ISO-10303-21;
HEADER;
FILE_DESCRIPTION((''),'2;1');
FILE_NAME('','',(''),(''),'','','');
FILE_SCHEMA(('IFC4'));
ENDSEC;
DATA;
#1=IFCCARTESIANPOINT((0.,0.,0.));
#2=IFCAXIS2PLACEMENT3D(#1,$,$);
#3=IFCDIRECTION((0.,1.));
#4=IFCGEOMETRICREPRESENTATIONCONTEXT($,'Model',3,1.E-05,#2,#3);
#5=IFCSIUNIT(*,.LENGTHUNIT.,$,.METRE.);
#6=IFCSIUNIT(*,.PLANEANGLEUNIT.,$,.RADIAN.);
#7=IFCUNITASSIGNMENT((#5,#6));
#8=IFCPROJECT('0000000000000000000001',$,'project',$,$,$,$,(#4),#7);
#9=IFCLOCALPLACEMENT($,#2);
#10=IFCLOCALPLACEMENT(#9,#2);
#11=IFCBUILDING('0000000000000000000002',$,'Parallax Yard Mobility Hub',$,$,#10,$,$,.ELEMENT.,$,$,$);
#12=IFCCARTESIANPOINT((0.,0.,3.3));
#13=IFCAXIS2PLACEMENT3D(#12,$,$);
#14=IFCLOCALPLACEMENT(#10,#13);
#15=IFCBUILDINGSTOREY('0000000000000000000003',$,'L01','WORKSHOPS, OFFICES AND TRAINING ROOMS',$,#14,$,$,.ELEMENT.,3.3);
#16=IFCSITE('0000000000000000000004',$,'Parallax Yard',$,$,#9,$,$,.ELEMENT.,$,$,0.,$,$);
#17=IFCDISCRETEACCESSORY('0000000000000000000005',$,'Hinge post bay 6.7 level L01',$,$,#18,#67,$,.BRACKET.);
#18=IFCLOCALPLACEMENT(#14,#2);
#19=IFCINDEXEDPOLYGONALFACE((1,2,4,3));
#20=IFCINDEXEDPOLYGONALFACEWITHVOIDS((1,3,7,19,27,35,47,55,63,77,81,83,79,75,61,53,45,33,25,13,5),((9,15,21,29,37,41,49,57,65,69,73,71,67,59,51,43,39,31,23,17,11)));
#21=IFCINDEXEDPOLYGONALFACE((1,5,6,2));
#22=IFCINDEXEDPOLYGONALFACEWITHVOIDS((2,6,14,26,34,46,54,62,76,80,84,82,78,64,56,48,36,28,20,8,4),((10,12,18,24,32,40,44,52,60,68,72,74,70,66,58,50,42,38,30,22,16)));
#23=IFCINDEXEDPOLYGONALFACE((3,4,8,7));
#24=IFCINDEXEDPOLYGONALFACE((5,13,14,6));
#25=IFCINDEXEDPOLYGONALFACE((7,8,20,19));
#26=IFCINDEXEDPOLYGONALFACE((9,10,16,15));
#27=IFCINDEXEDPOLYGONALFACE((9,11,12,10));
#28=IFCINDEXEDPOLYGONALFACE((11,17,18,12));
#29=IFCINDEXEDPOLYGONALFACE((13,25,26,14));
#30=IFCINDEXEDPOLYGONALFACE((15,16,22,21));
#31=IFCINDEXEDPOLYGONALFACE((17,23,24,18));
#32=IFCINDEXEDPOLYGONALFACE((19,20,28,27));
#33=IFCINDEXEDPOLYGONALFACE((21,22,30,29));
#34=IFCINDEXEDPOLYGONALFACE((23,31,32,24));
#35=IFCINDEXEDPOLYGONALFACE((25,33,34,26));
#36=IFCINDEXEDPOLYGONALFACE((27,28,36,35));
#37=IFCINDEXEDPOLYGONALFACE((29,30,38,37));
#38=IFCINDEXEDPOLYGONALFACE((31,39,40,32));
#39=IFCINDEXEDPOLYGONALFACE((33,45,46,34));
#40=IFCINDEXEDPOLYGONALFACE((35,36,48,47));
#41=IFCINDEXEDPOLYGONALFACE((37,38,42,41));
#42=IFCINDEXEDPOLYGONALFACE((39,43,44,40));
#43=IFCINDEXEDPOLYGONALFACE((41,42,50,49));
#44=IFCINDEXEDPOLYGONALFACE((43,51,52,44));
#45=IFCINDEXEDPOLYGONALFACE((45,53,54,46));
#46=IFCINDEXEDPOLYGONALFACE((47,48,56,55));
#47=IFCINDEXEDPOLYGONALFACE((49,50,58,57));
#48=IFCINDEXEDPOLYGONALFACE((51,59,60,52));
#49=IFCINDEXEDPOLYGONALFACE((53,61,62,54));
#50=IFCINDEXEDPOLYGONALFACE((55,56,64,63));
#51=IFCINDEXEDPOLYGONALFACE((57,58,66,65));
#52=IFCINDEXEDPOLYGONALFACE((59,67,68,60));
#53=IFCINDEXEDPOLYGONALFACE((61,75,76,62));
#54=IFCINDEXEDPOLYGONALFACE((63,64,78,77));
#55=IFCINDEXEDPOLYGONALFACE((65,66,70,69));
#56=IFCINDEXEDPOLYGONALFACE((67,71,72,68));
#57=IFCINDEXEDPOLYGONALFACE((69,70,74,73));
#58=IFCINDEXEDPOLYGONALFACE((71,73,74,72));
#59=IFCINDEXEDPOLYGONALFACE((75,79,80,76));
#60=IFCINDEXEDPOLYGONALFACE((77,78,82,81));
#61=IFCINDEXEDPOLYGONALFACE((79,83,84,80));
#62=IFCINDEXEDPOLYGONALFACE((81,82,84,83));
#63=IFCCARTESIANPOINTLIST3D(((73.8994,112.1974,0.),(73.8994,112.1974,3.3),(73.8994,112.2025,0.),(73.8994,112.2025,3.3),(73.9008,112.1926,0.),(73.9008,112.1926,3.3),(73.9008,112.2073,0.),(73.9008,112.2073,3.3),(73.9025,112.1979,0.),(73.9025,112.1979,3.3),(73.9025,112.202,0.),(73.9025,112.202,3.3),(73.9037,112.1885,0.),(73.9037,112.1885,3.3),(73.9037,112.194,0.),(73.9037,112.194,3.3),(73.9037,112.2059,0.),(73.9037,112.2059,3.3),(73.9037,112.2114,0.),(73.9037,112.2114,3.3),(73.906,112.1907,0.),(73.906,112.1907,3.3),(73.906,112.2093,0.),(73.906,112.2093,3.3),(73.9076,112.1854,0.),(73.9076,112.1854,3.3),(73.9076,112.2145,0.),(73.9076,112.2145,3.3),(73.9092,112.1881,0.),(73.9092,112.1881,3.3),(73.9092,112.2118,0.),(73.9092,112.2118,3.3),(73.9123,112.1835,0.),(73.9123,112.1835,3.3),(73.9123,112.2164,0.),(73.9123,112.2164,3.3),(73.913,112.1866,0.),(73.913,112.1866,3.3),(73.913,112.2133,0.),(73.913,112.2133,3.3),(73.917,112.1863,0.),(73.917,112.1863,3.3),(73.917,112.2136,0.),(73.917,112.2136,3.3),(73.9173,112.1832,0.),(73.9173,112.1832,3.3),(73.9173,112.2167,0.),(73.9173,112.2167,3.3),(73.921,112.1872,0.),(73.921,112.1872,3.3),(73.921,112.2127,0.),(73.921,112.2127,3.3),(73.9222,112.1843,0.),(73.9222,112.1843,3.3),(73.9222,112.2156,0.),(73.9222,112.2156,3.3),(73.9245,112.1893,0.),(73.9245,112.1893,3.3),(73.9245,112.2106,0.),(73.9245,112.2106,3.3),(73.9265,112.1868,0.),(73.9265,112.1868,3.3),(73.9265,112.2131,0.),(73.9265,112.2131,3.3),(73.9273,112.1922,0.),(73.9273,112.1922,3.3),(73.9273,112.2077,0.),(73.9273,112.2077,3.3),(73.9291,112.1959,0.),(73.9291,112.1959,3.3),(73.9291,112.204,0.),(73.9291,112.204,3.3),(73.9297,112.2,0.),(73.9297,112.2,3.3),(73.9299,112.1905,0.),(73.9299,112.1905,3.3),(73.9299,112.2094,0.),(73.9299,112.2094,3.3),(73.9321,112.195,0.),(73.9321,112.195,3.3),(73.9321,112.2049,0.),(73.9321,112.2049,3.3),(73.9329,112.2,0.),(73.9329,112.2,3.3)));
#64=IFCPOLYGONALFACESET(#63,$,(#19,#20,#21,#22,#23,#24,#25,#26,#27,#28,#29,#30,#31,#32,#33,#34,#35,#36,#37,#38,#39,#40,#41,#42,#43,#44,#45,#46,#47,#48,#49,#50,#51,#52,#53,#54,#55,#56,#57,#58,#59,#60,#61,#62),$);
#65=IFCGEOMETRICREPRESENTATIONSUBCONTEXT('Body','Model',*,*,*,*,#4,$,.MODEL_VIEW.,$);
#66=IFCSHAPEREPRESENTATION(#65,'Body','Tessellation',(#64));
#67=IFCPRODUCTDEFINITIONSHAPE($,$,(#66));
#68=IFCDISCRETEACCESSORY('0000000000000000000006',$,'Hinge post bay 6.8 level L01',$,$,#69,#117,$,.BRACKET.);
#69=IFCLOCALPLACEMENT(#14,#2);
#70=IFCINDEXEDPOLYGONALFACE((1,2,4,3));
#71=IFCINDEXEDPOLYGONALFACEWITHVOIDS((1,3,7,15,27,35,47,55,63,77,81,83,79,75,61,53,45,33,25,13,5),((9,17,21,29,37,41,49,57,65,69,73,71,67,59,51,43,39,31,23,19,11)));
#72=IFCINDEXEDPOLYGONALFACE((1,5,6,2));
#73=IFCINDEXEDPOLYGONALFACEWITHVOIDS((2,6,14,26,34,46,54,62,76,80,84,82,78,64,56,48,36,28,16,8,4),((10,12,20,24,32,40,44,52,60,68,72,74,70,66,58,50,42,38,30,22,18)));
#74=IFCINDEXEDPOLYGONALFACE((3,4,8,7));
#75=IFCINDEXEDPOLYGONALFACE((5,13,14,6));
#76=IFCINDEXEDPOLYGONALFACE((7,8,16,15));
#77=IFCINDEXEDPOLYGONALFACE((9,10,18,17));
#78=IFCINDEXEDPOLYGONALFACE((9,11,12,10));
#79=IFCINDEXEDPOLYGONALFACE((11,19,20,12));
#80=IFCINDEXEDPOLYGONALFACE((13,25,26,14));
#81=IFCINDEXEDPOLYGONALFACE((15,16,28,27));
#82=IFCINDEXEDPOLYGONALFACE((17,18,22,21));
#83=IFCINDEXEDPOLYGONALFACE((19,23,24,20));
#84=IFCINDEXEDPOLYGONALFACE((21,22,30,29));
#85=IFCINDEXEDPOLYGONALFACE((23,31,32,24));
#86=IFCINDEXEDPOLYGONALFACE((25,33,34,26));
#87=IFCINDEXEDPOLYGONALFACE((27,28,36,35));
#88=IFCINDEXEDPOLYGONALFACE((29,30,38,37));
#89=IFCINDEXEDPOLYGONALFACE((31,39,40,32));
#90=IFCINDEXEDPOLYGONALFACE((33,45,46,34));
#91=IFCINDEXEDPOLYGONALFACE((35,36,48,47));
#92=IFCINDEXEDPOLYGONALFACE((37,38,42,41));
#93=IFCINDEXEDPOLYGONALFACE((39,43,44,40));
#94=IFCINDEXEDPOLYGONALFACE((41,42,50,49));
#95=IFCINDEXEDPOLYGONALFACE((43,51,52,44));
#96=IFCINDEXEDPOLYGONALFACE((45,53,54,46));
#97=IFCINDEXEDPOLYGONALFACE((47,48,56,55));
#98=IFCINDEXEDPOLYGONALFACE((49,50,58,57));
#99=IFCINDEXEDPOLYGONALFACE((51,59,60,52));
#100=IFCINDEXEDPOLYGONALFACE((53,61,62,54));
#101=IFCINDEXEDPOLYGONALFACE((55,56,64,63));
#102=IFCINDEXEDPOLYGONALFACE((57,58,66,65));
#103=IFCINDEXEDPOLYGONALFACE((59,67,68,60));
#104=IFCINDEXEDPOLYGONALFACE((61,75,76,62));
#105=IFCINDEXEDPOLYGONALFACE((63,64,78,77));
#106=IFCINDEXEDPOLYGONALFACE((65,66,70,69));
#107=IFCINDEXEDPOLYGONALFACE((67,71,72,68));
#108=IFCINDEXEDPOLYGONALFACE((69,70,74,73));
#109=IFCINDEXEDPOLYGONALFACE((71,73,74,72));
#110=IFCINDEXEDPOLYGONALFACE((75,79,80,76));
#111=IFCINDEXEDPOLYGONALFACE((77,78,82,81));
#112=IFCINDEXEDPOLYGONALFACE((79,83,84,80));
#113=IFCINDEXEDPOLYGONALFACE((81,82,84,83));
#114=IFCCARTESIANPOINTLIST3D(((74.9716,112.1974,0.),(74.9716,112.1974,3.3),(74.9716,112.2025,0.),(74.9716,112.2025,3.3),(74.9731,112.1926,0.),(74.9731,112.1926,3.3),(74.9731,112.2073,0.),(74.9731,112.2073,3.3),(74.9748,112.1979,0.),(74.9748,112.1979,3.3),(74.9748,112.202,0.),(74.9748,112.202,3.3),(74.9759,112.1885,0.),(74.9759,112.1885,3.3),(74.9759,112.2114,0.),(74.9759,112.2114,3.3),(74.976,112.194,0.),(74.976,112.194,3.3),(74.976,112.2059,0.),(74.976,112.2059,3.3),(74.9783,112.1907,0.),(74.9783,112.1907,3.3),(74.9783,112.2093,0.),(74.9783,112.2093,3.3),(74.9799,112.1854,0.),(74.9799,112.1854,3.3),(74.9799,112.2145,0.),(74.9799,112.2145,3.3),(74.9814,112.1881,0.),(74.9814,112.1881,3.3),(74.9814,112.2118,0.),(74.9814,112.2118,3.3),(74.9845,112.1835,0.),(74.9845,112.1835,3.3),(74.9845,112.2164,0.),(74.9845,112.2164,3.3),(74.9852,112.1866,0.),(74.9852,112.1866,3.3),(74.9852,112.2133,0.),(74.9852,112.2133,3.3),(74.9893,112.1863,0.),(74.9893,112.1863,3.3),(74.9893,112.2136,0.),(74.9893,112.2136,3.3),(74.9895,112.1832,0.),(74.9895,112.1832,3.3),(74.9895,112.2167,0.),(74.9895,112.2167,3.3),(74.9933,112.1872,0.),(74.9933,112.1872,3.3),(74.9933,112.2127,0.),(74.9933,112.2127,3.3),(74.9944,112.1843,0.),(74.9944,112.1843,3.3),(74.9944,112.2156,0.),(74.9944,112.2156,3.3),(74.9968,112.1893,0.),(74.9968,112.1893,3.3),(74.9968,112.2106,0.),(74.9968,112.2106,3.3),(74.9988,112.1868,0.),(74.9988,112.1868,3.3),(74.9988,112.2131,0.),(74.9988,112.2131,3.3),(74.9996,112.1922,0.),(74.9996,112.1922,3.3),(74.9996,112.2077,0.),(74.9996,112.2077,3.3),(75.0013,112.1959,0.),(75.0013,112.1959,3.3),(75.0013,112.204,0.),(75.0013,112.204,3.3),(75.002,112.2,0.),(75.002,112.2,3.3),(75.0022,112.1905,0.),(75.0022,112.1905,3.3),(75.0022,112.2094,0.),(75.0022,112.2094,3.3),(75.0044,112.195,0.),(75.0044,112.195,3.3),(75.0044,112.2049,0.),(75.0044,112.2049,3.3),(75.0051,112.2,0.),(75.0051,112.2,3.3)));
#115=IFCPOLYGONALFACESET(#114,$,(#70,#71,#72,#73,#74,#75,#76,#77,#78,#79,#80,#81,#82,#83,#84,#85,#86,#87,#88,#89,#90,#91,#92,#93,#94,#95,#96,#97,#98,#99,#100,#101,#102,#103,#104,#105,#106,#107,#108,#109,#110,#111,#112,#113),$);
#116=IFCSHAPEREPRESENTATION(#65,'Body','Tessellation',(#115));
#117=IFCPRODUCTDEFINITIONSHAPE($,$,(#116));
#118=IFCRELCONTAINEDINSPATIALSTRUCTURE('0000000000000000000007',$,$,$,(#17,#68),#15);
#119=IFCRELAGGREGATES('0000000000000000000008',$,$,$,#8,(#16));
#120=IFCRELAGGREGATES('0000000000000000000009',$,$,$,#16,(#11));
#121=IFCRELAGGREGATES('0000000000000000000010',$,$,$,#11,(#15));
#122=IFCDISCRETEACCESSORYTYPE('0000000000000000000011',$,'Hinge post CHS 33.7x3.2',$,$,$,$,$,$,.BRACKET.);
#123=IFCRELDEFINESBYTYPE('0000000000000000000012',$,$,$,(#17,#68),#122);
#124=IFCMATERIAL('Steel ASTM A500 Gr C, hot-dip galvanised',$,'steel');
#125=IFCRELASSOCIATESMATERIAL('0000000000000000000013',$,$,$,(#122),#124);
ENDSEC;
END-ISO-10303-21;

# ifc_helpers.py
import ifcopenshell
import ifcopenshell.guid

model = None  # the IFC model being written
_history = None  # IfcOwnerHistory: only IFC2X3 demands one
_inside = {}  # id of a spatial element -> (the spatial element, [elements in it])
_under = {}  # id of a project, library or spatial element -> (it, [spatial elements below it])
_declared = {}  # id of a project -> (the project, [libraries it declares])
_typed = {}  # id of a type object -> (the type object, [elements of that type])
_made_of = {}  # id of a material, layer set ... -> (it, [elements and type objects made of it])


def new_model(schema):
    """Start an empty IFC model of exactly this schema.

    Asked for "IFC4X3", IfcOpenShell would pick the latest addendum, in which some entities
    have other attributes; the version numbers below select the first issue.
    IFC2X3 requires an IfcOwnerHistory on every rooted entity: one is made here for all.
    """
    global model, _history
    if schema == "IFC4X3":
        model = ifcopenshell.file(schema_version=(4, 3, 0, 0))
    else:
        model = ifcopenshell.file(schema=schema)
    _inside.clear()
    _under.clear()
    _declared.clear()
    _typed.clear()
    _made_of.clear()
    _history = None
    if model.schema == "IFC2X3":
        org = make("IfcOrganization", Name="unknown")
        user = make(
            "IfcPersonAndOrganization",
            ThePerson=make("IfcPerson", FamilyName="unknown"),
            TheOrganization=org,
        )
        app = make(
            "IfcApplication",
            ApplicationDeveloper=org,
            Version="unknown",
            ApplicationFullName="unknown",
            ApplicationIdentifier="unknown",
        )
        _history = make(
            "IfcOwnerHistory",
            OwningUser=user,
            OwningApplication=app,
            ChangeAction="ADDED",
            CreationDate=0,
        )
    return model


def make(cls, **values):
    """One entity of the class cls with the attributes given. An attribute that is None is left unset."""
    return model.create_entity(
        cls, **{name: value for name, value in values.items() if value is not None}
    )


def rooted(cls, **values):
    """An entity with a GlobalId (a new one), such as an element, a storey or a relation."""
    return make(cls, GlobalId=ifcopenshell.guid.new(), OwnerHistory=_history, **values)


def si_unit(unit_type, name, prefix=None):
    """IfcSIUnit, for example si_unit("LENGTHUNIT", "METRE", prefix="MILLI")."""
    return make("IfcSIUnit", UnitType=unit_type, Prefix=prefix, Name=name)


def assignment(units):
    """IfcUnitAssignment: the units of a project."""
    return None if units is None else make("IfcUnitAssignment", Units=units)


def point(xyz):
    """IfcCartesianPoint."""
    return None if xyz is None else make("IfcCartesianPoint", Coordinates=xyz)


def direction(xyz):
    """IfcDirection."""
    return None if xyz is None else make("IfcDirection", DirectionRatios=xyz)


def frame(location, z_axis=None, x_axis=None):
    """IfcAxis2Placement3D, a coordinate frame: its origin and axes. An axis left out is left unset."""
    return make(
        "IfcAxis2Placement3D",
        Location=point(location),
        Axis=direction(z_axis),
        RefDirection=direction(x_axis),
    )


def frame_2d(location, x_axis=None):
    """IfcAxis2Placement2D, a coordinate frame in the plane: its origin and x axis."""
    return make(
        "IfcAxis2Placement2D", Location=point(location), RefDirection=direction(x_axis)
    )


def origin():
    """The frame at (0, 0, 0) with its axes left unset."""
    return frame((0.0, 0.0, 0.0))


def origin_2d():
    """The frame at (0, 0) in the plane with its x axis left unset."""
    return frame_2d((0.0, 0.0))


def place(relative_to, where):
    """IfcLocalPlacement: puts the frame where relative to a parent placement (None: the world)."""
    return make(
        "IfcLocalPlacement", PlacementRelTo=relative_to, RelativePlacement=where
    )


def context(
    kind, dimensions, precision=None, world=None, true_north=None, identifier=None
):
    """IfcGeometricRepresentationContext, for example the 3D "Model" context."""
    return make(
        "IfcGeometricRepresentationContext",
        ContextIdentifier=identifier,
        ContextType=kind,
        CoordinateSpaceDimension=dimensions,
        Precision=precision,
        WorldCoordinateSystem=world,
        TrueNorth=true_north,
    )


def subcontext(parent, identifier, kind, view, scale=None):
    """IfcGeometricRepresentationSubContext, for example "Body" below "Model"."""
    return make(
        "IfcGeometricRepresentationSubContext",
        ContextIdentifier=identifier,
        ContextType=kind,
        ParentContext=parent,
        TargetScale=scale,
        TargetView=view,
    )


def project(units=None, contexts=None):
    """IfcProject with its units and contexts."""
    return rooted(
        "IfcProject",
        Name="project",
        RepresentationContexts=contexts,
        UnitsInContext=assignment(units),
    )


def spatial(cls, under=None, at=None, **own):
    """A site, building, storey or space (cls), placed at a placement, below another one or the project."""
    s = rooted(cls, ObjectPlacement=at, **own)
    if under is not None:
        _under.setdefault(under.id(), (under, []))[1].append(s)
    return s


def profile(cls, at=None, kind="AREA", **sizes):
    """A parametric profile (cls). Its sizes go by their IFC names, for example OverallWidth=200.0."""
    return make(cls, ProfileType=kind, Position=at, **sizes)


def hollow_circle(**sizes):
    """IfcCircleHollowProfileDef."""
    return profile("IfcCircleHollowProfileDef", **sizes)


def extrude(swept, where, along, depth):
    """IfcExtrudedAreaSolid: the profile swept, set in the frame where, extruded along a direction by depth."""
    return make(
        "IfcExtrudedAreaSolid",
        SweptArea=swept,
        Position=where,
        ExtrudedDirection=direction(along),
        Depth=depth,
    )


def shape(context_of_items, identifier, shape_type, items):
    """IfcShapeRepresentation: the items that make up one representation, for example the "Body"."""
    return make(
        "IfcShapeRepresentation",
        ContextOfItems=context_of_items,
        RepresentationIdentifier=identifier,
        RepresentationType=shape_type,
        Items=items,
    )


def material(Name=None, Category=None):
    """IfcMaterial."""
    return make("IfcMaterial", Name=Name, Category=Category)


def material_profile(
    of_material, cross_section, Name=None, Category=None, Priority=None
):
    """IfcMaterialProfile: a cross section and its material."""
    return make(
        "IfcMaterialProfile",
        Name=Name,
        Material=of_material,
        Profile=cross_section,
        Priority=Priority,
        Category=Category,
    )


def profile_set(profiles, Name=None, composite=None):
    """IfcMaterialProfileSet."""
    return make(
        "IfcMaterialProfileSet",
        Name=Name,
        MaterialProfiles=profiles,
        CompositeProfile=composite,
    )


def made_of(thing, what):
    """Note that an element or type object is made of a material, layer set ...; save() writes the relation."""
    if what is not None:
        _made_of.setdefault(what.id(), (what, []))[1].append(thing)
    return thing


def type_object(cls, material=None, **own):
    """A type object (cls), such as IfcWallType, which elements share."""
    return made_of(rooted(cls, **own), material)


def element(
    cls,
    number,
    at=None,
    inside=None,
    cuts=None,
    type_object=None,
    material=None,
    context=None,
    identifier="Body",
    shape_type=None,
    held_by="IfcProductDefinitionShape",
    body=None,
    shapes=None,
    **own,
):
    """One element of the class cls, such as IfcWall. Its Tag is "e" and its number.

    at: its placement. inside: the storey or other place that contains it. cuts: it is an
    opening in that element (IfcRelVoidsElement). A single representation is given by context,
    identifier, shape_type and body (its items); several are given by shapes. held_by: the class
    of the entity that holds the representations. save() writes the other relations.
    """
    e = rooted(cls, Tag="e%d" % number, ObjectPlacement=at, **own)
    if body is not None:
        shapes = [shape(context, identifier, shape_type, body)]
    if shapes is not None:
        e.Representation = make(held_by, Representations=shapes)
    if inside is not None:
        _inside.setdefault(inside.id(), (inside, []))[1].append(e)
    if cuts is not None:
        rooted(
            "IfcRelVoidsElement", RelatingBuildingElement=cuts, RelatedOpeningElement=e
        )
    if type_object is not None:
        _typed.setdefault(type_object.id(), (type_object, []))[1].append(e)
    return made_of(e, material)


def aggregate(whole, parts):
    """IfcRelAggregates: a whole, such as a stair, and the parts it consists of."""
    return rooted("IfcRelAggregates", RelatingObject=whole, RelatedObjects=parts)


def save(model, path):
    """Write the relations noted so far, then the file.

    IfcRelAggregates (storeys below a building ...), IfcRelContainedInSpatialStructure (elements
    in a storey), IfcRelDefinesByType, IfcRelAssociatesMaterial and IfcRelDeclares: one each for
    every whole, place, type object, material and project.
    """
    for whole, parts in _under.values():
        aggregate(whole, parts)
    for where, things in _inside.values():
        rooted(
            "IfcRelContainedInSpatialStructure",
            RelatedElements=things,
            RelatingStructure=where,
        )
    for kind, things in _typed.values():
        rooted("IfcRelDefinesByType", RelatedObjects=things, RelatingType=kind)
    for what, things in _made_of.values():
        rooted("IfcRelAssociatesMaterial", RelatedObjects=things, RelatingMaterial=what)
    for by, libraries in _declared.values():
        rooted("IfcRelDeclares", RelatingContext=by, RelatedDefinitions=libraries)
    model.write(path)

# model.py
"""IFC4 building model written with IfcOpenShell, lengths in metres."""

from ifc_helpers import new_model, si_unit, direction, frame, origin, origin_2d, place, context, subcontext, project, spatial, hollow_circle, extrude, material, material_profile, profile_set, type_object, element, save


model = new_model("IFC4")

# Units and contexts
model_context = context("Model", 3, precision=1e-05, world=origin(), true_north=direction((0.0, 1.0)))
body_context = subcontext(model_context, "Body", "Model", "MODEL_VIEW")
ifc_project = project(units=[si_unit("LENGTHUNIT", "METRE"), si_unit("PLANEANGLEUNIT", "RADIAN")], contexts=[model_context])

# Site, building, storey
site_placement = place(None, origin())
site = spatial("IfcSite", under=ifc_project, at=site_placement, Name="Parallax Yard", CompositionType="ELEMENT", RefElevation=0.0)
building_placement = place(site_placement, origin())
building = spatial("IfcBuilding", under=site, at=building_placement, Name="Parallax Yard Mobility Hub", CompositionType="ELEMENT")
storey_placement = place(building_placement, frame((0.0, 0.0, 3.3)))
storey = spatial("IfcBuildingStorey", under=building, at=storey_placement, Name="L01", Description="WORKSHOPS, OFFICES AND TRAINING ROOMS", CompositionType="ELEMENT", Elevation=3.3)

# Discrete accessories
ifc_material_1 = material(Name="Steel ASTM A500 Gr C, hot-dip galvanised", Category="steel")
ifc_material_profile_1 = material_profile(ifc_material_1, hollow_circle(Radius=0.0168, WallThickness=0.0032, at=origin_2d()), Name="CHS 33.7x3.2")
ifc_profile_set_1 = profile_set([ifc_material_profile_1], Name="Steel ASTM A500 Gr C, hot-dip galvanised")
discrete_accessory_type_1 = type_object("IfcDiscreteAccessoryType", Name="Hinge post CHS 33.7x3.2", PredefinedType="BRACKET", material=ifc_profile_set_1)
for number, where, z_axis, x_axis, name in (
    (1, (73.916, 112.2, 0.0), (0.0, 0.0, 1.0), (1.0, 0.0, 0.0), "Hinge post bay 6.7 level L01"),
    (2, (74.9883, 112.2, 0.0), (0.0, 0.0, 1.0), (1.0, 0.0, 0.0), "Hinge post bay 6.8 level L01"),
):
    element("IfcDiscreteAccessory", number, at=place(storey_placement, frame(where, z_axis=z_axis, x_axis=x_axis)), inside=storey, type_object=discrete_accessory_type_1, Name=name, PredefinedType="BRACKET", context=body_context, shape_type="SweptSolid", body=[
        extrude(hollow_circle(Radius=0.0168, WallThickness=0.0032, at=origin_2d()), origin(), (0.0, 0.0, 1.0), 3.3),
    ])

save(model, "model.ifc")
